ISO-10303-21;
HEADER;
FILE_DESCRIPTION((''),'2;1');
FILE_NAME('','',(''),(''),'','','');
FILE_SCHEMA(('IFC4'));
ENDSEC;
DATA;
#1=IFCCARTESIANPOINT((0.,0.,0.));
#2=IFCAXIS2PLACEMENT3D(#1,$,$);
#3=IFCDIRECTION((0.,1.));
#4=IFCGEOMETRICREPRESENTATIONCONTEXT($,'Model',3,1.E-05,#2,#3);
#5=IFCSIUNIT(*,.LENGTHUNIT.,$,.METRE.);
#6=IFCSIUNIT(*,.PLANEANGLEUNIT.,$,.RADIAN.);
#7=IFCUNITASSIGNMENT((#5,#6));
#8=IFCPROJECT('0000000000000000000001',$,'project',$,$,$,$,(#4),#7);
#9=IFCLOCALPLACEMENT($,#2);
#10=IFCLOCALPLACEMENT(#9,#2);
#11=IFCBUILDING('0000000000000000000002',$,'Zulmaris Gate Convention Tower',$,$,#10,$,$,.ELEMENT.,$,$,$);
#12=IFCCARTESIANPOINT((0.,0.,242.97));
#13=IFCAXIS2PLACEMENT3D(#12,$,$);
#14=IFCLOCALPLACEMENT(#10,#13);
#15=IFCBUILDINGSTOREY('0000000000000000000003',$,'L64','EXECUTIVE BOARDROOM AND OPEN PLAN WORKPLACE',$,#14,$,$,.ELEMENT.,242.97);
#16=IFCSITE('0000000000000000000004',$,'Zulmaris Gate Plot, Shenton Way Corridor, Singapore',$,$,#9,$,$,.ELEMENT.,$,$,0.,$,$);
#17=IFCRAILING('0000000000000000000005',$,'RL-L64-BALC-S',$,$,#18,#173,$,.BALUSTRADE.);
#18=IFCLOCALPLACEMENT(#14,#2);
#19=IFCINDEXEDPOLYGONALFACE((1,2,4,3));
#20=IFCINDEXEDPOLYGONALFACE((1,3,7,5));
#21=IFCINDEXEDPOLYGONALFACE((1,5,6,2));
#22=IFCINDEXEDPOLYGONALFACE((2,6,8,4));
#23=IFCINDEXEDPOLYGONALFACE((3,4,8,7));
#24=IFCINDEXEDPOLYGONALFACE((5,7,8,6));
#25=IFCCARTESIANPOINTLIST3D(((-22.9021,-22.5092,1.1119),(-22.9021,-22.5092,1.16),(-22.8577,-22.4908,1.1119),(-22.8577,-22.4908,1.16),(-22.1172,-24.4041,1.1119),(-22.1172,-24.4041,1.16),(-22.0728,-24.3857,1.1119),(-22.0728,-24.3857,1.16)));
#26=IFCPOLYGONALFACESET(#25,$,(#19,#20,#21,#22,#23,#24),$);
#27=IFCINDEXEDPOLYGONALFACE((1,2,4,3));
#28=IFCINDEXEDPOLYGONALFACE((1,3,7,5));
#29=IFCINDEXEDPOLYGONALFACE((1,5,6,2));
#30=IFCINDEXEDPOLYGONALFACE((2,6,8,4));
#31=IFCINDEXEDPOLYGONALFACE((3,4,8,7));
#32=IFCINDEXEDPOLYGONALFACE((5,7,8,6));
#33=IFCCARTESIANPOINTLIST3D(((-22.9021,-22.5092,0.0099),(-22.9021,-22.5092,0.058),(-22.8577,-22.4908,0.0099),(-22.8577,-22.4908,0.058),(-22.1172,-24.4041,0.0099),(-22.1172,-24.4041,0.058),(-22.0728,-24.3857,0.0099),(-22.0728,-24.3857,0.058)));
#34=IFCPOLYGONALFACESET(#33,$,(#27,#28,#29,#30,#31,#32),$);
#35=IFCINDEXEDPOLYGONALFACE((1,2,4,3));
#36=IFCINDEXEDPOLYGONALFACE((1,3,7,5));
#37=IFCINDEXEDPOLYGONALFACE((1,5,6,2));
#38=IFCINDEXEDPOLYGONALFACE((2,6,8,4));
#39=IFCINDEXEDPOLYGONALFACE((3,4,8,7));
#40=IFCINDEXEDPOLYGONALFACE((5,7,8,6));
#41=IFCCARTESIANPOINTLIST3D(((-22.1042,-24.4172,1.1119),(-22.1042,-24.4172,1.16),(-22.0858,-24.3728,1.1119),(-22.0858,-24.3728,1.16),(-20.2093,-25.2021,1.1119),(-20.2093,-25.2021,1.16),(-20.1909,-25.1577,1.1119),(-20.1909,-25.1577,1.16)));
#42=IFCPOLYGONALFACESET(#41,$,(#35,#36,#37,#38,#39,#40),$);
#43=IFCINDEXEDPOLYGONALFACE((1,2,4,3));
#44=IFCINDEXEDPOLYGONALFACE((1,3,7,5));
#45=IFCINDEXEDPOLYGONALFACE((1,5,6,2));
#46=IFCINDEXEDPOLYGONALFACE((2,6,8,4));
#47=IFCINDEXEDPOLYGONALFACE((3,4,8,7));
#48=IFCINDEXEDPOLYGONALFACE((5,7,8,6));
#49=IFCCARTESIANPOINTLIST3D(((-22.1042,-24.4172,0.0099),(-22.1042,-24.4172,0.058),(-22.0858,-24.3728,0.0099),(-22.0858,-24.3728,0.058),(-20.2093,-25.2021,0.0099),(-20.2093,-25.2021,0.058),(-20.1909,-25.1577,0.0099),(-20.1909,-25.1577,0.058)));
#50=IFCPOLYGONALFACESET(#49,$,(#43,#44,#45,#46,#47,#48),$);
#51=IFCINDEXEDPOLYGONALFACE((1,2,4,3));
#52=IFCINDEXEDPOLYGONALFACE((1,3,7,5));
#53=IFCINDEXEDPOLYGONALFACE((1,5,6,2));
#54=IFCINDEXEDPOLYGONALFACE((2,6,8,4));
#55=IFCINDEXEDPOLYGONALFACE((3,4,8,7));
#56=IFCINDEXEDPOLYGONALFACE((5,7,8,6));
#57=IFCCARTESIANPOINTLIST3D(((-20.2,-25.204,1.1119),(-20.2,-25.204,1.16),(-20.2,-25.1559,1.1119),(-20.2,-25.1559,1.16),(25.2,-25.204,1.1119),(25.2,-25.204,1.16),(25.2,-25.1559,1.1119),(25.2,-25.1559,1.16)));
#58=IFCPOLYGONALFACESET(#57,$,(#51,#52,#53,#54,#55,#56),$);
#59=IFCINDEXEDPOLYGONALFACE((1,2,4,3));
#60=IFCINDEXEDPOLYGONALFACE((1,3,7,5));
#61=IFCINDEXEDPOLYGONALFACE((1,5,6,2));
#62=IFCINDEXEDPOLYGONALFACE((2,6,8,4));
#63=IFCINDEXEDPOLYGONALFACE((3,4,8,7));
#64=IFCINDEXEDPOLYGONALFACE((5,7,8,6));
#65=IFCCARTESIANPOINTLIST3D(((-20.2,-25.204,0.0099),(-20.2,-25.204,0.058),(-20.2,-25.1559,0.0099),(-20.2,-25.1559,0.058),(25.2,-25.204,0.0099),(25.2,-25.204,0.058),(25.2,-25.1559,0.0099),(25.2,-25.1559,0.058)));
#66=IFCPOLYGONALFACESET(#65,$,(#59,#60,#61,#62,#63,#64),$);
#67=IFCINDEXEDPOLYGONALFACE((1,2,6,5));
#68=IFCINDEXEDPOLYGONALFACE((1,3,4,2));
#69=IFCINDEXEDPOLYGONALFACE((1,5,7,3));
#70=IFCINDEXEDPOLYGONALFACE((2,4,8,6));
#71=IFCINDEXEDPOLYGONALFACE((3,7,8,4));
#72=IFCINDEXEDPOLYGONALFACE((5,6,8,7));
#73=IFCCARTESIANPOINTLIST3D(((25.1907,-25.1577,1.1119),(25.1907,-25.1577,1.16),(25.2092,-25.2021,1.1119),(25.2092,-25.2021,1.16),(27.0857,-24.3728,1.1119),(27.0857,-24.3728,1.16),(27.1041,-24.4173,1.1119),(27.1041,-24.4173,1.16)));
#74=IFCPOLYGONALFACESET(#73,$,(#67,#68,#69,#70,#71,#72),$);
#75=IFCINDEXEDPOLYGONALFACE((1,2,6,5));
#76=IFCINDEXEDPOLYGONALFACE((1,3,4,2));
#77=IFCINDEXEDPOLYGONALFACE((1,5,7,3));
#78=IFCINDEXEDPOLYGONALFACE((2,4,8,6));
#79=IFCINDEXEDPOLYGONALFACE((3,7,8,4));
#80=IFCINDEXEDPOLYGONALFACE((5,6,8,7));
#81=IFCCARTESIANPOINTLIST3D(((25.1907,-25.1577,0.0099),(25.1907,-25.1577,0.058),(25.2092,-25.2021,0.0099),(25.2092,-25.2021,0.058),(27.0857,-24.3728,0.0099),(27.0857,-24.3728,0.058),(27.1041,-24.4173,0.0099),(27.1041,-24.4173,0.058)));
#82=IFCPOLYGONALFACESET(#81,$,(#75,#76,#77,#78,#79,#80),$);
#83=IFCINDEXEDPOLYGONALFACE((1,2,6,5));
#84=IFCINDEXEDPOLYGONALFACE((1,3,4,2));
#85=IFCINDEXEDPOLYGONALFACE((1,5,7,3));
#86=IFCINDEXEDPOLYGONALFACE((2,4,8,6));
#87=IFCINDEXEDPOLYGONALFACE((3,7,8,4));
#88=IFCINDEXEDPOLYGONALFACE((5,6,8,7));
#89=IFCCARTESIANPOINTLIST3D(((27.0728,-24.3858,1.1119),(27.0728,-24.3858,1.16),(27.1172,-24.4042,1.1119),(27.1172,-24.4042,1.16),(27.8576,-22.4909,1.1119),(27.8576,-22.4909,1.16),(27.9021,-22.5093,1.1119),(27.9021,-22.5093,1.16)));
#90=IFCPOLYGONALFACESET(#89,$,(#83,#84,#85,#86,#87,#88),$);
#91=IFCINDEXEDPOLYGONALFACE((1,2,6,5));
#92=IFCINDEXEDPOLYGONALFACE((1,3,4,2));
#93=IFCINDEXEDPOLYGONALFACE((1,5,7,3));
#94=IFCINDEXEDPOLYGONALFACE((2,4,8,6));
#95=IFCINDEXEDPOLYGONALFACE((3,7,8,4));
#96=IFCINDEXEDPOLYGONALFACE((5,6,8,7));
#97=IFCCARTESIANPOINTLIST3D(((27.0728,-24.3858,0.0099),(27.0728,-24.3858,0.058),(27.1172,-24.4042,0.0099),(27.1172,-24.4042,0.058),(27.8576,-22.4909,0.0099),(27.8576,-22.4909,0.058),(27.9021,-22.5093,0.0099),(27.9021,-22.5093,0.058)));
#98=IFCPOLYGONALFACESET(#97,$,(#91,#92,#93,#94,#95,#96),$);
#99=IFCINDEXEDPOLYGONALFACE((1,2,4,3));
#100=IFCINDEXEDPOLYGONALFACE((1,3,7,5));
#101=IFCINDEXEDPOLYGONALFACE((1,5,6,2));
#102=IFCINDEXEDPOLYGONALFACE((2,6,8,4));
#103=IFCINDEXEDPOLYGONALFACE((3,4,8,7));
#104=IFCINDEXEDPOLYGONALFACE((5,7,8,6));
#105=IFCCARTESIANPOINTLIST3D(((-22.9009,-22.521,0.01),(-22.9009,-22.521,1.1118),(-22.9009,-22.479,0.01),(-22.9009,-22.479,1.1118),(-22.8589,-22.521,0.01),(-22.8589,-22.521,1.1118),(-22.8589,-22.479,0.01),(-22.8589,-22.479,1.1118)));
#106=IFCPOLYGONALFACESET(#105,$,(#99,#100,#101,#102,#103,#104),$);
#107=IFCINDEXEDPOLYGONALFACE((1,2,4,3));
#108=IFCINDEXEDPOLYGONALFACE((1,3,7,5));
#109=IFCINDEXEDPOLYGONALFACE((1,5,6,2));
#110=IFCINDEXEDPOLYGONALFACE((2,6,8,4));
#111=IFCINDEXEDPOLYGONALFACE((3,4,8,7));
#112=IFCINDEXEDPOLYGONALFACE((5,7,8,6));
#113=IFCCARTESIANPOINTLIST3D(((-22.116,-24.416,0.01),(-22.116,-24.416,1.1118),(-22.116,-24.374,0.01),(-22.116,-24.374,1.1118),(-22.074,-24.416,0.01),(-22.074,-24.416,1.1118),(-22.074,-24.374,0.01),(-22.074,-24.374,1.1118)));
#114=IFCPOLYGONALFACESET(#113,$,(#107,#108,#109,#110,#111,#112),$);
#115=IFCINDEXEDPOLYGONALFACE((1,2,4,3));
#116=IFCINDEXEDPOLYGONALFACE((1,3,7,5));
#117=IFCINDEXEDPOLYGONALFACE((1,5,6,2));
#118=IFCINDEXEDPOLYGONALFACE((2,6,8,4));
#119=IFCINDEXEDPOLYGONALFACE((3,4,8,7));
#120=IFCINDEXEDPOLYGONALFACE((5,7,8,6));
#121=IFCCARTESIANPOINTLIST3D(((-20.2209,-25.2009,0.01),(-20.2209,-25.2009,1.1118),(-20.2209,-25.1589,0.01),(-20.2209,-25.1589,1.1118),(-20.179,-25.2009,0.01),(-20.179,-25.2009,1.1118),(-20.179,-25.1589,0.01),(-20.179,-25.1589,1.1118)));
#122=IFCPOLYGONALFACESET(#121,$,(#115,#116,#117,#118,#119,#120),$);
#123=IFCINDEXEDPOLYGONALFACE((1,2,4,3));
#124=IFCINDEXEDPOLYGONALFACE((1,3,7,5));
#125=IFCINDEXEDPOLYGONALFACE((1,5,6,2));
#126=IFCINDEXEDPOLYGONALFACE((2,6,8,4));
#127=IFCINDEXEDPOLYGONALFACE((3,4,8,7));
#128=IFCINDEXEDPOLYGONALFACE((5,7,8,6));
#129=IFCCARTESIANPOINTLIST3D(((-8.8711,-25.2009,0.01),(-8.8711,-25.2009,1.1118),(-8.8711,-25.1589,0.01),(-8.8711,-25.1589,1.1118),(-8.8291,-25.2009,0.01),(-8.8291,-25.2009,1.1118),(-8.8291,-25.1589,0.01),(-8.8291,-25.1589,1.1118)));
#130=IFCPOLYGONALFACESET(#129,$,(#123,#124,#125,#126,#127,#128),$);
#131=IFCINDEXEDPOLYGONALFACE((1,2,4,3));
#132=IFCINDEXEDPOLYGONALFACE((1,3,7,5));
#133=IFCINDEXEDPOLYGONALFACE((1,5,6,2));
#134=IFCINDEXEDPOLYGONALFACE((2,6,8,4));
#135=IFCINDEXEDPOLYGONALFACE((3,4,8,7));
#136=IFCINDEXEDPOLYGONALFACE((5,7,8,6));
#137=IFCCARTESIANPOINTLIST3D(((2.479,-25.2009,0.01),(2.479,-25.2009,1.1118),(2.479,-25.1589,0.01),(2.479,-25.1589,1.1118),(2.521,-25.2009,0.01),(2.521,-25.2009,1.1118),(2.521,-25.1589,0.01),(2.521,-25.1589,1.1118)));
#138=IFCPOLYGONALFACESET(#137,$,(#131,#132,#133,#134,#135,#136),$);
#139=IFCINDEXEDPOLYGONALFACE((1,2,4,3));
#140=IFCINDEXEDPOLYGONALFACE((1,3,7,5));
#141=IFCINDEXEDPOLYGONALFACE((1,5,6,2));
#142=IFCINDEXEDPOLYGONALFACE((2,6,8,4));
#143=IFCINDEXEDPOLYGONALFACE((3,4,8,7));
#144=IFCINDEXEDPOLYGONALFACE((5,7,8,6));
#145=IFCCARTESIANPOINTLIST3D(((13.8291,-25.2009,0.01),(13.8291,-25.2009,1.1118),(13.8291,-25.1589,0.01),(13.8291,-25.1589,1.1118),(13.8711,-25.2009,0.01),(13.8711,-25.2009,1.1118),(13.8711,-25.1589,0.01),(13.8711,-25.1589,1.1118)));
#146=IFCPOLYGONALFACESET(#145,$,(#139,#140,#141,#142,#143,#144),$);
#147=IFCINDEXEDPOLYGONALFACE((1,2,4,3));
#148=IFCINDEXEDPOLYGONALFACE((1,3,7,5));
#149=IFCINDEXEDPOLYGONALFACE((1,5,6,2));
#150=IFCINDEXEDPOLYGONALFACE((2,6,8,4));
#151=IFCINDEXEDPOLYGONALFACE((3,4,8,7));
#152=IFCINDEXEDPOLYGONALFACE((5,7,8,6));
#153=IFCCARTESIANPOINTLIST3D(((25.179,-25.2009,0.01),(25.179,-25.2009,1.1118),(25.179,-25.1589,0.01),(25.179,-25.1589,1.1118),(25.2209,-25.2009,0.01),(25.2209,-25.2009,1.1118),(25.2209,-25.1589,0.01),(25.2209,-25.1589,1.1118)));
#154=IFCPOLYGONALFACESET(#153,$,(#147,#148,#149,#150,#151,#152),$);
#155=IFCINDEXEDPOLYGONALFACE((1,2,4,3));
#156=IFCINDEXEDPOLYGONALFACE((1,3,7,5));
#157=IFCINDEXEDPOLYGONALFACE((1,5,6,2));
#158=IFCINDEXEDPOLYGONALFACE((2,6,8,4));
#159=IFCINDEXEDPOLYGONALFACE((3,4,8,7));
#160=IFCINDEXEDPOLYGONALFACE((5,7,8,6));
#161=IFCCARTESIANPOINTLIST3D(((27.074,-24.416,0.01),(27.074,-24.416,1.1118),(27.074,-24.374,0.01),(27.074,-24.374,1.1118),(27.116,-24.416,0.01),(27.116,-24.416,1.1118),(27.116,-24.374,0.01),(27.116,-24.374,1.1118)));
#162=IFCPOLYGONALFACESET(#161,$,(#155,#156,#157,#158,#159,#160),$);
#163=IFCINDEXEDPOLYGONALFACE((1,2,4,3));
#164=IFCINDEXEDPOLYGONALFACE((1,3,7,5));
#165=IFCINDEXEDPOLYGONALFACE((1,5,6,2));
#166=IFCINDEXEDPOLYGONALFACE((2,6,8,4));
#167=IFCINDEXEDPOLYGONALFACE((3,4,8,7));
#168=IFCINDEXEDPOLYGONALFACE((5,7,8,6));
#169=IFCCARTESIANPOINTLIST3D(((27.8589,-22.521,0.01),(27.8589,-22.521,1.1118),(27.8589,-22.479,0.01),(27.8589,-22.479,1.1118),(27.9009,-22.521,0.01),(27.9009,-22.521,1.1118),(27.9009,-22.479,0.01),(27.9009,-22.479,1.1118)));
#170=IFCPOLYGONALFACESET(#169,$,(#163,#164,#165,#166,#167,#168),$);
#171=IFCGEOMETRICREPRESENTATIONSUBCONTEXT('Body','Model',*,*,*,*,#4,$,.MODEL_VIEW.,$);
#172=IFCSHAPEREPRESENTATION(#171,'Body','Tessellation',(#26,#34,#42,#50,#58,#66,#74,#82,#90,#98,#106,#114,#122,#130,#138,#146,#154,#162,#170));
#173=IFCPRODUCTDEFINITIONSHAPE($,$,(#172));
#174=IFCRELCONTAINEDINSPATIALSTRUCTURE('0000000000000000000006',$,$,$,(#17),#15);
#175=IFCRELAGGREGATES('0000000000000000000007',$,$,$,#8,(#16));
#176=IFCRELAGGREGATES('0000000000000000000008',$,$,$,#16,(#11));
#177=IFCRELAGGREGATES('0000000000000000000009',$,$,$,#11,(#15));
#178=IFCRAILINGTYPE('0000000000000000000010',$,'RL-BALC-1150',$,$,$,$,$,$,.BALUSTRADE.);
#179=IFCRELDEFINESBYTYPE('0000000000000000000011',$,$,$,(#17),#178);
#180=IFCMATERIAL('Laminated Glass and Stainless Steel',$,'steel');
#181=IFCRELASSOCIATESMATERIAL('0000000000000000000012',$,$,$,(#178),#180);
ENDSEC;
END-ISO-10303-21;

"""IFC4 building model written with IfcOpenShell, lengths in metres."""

from ifc_helpers import new_model, si_unit, direction, frame, origin, origin_2d, place, context, subcontext, project, spatial, rectangle, extrude, material, type_object, element, save


model = new_model("IFC4")

# Units and contexts
model_context = context("Model", 3, precision=1e-05, world=origin(), true_north=direction((0.0, 1.0)))
body_context = subcontext(model_context, "Body", "Model", "MODEL_VIEW")
ifc_project = project(units=[si_unit("LENGTHUNIT", "METRE"), si_unit("PLANEANGLEUNIT", "RADIAN")], contexts=[model_context])

# Site, building, storey
site_placement = place(None, origin())
site = spatial("IfcSite", under=ifc_project, at=site_placement, Name="Zulmaris Gate Plot, Shenton Way Corridor, Singapore", CompositionType="ELEMENT", RefElevation=0.0)
building_placement = place(site_placement, origin())
building = spatial("IfcBuilding", under=site, at=building_placement, Name="Zulmaris Gate Convention Tower", CompositionType="ELEMENT")
storey_placement = place(building_placement, frame((0.0, 0.0, 242.97)))
storey = spatial("IfcBuildingStorey", under=building, at=storey_placement, Name="L64", Description="EXECUTIVE BOARDROOM AND OPEN PLAN WORKPLACE", CompositionType="ELEMENT", Elevation=242.97)

# Railing
ifc_material_1 = material(Name="Laminated Glass and Stainless Steel", Category="steel")
railing_type = type_object("IfcRailingType", Name="RL-BALC-1150", PredefinedType="BALUSTRADE", material=ifc_material_1)
railing_placement = place(storey_placement, frame((-22.8799, -22.5, 0.01)))
element("IfcRailing", 1, at=railing_placement, inside=storey, type_object=railing_type, Name="RL-L64-BALC-S", PredefinedType="BALUSTRADE", context=body_context, shape_type="SweptSolid", body=[
    extrude(rectangle(XDim=0.0481, YDim=0.0481, at=origin_2d()), frame((0.0, 0.0, 1.126), z_axis=(0.382671, -0.923885, 0.0), x_axis=(0.923885, 0.382671, 0.0)), (0.0, 0.0, 1.0), 2.051),
    extrude(rectangle(XDim=0.0481, YDim=0.0481, at=origin_2d()), frame((0.0, 0.0, 0.0239), z_axis=(0.382671, -0.923885, 0.0), x_axis=(0.923885, 0.382671, 0.0)), (0.0, 0.0, 1.0), 2.051),
    extrude(rectangle(XDim=0.0481, YDim=0.0481, at=origin_2d()), frame((0.7849, -1.895, 1.126), z_axis=(0.923885, -0.382671, 0.0), x_axis=(0.382671, 0.923885, 0.0)), (0.0, 0.0, 1.0), 2.051),
    extrude(rectangle(XDim=0.0481, YDim=0.0481, at=origin_2d()), frame((0.7849, -1.895, 0.0239), z_axis=(0.923885, -0.382671, 0.0), x_axis=(0.382671, 0.923885, 0.0)), (0.0, 0.0, 1.0), 2.051),
    extrude(rectangle(XDim=0.0481, YDim=0.0481, at=origin_2d()), frame((2.6799, -2.6799, 1.126), z_axis=(1.0, 0.0, 0.0), x_axis=(0.0, 1.0, 0.0)), (0.0, 0.0, 1.0), 45.3999),
    extrude(rectangle(XDim=0.0481, YDim=0.0481, at=origin_2d()), frame((2.6799, -2.6799, 0.0239), z_axis=(1.0, 0.0, 0.0), x_axis=(0.0, 1.0, 0.0)), (0.0, 0.0, 1.0), 45.3999),
    extrude(rectangle(XDim=0.0481, YDim=0.0481, at=origin_2d()), frame((48.0798, -2.6799, 1.126), z_axis=(0.923885, 0.382671, 0.0), x_axis=(-0.382671, 0.923885, 0.0)), (0.0, 0.0, 1.0), 2.051),
    extrude(rectangle(XDim=0.0481, YDim=0.0481, at=origin_2d()), frame((48.0798, -2.6799, 0.0239), z_axis=(0.923885, 0.382671, 0.0), x_axis=(-0.382671, 0.923885, 0.0)), (0.0, 0.0, 1.0), 2.051),
    extrude(rectangle(XDim=0.0481, YDim=0.0481, at=origin_2d()), frame((49.9749, -1.895, 1.126), z_axis=(0.382671, 0.923885, 0.0), x_axis=(-0.923885, 0.382671, 0.0)), (0.0, 0.0, 1.0), 2.051),
    extrude(rectangle(XDim=0.0481, YDim=0.0481, at=origin_2d()), frame((49.9749, -1.895, 0.0239), z_axis=(0.382671, 0.923885, 0.0), x_axis=(-0.923885, 0.382671, 0.0)), (0.0, 0.0, 1.0), 2.051),
    extrude(rectangle(XDim=0.042, YDim=0.042, at=origin_2d()), origin(), (0.0, 0.0, 1.0), 1.1018),
    extrude(rectangle(XDim=0.042, YDim=0.042, at=origin_2d()), frame((0.7849, -1.895, 0.0)), (0.0, 0.0, 1.0), 1.1018),
    extrude(rectangle(XDim=0.042, YDim=0.042, at=origin_2d()), frame((2.6799, -2.6799, 0.0)), (0.0, 0.0, 1.0), 1.1018),
    extrude(rectangle(XDim=0.042, YDim=0.042, at=origin_2d()), frame((14.0298, -2.6799, 0.0)), (0.0, 0.0, 1.0), 1.1018),
    extrude(rectangle(XDim=0.042, YDim=0.042, at=origin_2d()), frame((25.3799, -2.6799, 0.0)), (0.0, 0.0, 1.0), 1.1018),
    extrude(rectangle(XDim=0.042, YDim=0.042, at=origin_2d()), frame((36.73, -2.6799, 0.0)), (0.0, 0.0, 1.0), 1.1018),
    extrude(rectangle(XDim=0.042, YDim=0.042, at=origin_2d()), frame((48.0798, -2.6799, 0.0)), (0.0, 0.0, 1.0), 1.1018),
    extrude(rectangle(XDim=0.042, YDim=0.042, at=origin_2d()), frame((49.9749, -1.895, 0.0)), (0.0, 0.0, 1.0), 1.1018),
    extrude(rectangle(XDim=0.042, YDim=0.042, at=origin_2d()), frame((50.7598, 0.0, 0.0)), (0.0, 0.0, 1.0), 1.1018),
])

save(model, "model.ifc")
